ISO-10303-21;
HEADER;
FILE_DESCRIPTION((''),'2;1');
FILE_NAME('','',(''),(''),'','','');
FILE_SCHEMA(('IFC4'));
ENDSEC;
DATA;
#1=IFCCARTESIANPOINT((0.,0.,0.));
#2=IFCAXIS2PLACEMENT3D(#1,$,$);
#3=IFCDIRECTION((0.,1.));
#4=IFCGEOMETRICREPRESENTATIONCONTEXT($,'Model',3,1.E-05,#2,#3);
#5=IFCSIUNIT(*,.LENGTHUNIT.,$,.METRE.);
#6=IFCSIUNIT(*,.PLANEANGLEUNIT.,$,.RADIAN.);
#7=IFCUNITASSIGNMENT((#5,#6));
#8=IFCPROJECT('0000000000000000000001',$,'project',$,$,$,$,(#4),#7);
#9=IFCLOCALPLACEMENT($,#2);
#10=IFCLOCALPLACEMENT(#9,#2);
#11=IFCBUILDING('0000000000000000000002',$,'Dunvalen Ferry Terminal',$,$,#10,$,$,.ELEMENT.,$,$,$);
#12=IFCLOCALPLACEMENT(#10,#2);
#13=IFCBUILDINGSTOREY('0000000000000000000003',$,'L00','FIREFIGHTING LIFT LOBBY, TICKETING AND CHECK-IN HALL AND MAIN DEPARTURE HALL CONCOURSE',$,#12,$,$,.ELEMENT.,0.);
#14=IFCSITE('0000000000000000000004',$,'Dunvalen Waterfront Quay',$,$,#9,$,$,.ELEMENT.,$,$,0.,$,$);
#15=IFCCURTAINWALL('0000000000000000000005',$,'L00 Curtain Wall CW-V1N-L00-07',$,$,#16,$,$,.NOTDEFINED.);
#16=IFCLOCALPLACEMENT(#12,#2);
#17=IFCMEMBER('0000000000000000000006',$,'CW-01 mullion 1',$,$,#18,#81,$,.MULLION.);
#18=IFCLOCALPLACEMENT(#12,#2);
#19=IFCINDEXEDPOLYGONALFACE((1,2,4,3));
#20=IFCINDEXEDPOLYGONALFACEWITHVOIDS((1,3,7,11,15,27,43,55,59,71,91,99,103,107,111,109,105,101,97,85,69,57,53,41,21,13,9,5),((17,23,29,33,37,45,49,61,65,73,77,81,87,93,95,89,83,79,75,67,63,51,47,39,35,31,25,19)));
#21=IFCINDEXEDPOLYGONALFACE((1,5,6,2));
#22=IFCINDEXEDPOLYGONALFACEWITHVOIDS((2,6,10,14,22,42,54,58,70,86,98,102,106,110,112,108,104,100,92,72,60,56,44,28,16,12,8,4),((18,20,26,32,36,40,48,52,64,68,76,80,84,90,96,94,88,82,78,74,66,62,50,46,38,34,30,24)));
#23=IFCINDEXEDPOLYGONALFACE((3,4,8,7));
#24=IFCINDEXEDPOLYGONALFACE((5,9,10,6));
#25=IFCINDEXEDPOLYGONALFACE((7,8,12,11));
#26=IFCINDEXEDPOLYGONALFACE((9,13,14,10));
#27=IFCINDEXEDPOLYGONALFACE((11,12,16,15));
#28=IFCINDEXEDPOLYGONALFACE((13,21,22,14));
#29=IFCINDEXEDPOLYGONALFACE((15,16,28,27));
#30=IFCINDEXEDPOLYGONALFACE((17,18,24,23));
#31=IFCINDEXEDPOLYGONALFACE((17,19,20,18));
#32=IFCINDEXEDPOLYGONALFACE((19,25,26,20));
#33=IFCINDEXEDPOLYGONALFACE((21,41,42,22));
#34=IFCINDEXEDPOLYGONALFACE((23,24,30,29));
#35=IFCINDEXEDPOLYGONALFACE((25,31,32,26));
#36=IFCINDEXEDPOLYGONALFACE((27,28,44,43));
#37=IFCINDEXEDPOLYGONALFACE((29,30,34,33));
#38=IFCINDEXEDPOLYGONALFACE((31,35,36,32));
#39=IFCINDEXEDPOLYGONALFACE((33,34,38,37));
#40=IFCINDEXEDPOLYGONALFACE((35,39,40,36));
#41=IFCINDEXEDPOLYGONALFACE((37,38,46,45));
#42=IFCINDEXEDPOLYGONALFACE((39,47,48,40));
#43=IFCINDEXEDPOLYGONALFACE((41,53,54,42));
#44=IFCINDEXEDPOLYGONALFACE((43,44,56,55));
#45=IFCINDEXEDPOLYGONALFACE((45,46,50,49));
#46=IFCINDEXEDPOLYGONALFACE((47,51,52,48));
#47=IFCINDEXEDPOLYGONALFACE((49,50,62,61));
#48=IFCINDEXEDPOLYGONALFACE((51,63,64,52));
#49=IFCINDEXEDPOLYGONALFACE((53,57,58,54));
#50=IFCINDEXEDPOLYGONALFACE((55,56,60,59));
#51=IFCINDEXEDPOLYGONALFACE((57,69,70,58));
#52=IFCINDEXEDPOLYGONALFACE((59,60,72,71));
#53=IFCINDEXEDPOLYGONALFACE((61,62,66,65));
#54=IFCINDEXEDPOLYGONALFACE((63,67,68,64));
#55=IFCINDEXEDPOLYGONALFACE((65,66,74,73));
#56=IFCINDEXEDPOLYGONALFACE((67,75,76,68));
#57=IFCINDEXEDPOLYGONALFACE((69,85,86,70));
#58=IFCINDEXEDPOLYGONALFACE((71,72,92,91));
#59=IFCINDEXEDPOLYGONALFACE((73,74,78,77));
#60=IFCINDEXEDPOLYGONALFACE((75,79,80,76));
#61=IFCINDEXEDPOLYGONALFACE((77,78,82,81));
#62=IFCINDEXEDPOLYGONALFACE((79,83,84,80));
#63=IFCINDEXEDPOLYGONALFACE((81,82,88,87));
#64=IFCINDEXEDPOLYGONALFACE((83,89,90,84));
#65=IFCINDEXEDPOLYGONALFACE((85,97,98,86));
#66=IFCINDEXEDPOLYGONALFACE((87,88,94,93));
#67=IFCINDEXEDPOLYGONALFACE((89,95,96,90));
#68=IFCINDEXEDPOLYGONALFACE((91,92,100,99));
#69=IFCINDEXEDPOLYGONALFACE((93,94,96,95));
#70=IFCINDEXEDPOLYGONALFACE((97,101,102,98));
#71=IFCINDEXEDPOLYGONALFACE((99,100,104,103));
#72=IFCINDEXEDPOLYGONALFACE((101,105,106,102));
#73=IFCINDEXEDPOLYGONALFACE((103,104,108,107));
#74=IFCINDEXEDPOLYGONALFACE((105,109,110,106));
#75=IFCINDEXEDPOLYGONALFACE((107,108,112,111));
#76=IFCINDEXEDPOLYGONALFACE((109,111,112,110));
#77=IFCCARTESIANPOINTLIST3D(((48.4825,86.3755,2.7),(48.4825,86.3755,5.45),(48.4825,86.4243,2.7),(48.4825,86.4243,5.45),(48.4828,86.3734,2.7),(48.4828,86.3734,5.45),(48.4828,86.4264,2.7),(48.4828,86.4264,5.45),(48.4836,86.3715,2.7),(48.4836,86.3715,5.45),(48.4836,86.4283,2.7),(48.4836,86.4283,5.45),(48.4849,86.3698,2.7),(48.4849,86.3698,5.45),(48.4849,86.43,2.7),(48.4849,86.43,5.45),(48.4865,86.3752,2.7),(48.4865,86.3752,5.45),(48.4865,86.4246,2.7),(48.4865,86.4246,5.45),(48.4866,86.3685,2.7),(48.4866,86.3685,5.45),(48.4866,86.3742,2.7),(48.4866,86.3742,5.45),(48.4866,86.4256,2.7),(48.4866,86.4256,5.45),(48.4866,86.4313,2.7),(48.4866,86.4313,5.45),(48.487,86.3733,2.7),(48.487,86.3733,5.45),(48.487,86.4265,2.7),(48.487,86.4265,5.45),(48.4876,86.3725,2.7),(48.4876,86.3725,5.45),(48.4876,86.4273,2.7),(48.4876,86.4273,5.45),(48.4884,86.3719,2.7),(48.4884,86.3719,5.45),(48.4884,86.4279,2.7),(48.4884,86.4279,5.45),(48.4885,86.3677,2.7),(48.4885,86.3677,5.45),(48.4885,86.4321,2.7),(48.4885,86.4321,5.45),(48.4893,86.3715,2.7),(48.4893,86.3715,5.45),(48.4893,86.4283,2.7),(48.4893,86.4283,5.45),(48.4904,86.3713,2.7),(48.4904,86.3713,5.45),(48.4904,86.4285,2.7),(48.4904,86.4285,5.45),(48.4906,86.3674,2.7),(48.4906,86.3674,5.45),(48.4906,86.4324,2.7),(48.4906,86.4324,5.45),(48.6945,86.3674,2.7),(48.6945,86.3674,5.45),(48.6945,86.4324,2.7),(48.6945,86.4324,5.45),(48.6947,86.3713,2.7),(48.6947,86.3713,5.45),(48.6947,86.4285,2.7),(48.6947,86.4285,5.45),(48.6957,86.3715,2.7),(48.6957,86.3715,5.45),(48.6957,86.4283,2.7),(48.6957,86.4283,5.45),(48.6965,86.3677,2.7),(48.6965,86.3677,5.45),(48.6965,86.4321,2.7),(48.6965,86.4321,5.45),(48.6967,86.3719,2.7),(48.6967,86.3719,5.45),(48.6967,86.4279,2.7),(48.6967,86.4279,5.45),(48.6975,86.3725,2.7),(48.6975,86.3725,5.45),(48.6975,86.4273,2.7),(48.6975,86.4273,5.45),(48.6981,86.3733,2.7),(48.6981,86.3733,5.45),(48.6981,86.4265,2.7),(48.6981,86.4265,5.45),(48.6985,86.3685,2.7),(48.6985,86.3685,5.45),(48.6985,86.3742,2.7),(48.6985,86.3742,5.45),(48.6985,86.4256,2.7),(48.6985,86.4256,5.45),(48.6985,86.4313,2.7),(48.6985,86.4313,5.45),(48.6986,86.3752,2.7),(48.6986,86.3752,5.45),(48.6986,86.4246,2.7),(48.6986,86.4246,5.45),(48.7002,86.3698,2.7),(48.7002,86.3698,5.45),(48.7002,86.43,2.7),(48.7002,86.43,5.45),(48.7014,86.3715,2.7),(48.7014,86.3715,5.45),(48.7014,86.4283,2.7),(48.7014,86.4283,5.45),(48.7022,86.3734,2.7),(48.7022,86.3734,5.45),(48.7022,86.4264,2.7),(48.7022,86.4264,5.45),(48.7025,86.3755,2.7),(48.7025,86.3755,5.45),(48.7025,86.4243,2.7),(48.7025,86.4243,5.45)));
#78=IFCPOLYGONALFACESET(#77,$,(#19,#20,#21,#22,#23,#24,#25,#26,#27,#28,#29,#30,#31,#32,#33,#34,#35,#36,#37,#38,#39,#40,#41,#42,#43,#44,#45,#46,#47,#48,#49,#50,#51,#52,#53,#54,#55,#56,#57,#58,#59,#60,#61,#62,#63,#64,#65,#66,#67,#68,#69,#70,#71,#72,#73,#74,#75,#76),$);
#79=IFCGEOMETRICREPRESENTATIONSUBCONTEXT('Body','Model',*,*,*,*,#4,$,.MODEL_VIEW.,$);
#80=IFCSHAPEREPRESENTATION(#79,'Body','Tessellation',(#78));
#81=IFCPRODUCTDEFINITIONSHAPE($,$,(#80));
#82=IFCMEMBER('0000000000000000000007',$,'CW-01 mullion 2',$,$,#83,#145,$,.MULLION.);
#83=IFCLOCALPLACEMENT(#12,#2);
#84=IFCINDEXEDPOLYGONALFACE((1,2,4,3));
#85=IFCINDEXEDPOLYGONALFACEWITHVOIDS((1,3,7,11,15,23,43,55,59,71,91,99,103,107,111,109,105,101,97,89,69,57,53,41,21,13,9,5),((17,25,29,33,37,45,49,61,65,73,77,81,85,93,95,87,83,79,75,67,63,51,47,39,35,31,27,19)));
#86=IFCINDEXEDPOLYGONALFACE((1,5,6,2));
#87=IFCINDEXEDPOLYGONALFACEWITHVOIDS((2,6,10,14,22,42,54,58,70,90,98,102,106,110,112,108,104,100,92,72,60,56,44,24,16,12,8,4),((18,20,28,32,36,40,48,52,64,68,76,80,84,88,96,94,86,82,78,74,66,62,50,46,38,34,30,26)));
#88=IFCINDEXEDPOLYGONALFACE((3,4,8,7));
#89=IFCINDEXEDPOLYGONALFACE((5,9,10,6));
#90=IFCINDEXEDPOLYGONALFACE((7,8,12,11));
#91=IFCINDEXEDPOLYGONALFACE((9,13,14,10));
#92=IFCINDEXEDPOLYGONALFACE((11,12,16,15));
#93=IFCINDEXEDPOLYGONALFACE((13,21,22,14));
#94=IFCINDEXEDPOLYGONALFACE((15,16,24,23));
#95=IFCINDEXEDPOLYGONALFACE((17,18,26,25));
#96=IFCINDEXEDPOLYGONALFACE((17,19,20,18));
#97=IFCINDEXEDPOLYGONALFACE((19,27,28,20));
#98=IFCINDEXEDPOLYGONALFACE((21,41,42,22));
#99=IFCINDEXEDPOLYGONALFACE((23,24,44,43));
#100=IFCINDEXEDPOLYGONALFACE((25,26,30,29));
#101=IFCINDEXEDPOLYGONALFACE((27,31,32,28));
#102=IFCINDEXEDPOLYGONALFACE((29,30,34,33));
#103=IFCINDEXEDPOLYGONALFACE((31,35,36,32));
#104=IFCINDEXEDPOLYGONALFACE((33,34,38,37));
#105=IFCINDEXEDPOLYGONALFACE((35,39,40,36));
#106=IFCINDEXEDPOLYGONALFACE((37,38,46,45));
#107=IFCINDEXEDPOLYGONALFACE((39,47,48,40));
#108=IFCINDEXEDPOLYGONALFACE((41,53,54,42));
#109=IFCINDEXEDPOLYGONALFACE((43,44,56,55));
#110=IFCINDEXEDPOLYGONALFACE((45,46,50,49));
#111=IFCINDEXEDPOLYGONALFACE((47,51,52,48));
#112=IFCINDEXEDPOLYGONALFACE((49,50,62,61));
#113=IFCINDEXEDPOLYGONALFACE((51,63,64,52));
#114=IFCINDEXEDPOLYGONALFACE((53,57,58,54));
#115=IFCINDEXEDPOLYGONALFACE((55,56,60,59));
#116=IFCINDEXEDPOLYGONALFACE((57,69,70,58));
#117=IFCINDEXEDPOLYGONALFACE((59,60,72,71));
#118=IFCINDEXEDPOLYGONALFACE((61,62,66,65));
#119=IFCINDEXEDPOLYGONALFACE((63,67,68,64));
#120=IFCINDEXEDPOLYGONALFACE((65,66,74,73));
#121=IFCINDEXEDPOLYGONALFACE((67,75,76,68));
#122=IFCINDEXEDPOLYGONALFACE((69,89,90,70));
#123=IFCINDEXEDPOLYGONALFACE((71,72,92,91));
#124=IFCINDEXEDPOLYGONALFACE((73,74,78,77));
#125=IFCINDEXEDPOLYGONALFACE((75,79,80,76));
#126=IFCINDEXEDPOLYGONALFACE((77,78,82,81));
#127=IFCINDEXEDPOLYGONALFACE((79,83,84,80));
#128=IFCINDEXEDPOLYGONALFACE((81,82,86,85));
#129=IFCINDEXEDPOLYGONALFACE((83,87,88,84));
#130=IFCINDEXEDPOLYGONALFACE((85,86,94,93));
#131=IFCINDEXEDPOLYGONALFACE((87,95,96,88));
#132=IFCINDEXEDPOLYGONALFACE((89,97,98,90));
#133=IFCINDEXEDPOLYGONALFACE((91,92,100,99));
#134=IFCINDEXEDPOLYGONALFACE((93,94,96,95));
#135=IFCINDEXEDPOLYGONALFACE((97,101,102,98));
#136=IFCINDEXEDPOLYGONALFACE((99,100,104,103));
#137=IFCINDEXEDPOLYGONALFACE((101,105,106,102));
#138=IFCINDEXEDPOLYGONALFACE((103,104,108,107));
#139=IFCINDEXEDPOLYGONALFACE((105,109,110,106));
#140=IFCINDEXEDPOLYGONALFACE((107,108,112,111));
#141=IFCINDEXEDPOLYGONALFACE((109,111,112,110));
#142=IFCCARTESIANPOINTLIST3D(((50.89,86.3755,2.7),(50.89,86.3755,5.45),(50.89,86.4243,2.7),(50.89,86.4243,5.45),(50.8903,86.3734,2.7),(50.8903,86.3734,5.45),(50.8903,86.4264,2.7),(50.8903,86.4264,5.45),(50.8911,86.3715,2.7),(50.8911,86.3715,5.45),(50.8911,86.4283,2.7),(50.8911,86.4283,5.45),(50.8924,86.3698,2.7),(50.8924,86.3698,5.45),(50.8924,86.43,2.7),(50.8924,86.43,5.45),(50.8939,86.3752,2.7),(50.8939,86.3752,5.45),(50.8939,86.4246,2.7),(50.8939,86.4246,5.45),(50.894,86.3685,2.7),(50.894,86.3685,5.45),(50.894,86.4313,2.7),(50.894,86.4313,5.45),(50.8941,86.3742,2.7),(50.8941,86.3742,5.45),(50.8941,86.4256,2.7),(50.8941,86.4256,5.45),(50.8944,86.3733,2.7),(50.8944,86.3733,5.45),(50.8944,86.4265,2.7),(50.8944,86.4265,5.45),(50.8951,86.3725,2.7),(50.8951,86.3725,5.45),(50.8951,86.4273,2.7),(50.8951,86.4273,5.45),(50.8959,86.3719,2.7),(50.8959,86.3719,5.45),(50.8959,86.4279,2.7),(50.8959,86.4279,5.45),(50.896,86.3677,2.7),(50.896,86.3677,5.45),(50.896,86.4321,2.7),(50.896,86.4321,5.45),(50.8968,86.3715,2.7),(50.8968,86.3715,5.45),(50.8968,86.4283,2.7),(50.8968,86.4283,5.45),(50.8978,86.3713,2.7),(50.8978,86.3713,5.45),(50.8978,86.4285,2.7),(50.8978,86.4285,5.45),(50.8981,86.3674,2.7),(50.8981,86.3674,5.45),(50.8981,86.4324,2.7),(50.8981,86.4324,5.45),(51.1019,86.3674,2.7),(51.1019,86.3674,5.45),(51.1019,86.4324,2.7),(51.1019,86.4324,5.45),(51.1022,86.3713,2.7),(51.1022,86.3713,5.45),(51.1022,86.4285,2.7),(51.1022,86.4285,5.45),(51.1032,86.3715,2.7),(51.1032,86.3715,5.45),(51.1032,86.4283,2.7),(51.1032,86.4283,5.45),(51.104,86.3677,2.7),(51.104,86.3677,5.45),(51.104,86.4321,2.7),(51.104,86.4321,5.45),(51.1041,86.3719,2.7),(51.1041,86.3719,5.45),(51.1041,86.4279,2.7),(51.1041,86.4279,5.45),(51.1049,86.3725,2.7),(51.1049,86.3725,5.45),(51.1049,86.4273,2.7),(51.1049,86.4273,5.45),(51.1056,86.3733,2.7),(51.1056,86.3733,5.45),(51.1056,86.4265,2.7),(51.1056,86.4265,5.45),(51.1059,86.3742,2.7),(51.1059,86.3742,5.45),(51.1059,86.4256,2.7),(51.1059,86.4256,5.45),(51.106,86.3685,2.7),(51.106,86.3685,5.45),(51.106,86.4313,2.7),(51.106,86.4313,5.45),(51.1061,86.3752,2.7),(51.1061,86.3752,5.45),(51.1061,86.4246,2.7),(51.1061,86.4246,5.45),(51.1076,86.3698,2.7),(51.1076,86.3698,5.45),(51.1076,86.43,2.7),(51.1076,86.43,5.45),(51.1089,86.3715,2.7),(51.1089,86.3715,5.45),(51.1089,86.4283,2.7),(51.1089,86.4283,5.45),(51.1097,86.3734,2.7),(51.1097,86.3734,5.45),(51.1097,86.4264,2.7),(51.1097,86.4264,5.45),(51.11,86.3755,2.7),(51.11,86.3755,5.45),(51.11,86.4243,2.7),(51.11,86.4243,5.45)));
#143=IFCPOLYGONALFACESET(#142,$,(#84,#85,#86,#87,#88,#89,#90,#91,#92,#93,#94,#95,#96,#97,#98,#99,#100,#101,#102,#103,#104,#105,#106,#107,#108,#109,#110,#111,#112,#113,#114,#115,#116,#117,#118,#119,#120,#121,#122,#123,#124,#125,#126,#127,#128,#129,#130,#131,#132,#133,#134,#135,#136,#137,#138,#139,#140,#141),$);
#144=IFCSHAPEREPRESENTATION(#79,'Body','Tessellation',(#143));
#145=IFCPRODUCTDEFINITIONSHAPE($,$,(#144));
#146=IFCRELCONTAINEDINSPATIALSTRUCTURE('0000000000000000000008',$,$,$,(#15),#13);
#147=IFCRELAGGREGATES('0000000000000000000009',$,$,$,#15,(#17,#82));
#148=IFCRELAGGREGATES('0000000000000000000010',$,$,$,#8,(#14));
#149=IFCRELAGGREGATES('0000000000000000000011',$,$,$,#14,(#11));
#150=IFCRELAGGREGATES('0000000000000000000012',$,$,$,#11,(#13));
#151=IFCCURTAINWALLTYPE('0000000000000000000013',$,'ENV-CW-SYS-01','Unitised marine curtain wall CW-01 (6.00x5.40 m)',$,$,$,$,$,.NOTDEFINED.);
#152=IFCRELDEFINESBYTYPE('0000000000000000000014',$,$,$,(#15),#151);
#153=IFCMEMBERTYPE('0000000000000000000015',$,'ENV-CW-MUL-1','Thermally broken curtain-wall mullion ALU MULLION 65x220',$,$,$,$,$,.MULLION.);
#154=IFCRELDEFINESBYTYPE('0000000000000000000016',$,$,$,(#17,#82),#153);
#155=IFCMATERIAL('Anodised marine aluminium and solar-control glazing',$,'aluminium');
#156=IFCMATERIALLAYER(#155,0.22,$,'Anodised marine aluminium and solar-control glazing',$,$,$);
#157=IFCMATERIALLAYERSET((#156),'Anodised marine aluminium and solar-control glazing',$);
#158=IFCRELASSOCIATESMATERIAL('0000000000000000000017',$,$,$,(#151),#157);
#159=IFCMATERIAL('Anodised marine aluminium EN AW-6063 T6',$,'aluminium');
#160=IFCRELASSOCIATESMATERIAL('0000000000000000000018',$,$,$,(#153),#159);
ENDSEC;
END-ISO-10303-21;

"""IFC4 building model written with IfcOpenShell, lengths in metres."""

from ifc_helpers import new_model, si_unit, direction, frame, origin, origin_2d, place, context, subcontext, project, spatial, hollow_rectangle, extrude, material, layer, layer_set, material_profile, profile_set, type_object, element, aggregate, save


model = new_model("IFC4")

# Units and contexts
model_context = context("Model", 3, precision=1e-05, world=origin(), true_north=direction((0.0, 1.0)))
body_context = subcontext(model_context, "Body", "Model", "MODEL_VIEW")
ifc_project = project(units=[si_unit("LENGTHUNIT", "METRE"), si_unit("PLANEANGLEUNIT", "RADIAN")], contexts=[model_context])

# Site, building, storey
site_placement = place(None, origin())
site = spatial("IfcSite", under=ifc_project, at=site_placement, Name="Dunvalen Waterfront Quay", CompositionType="ELEMENT", RefElevation=0.0)
building_placement = place(site_placement, origin())
building = spatial("IfcBuilding", under=site, at=building_placement, Name="Dunvalen Ferry Terminal", CompositionType="ELEMENT")
storey_placement = place(building_placement, origin())
storey = spatial("IfcBuildingStorey", under=building, at=storey_placement, Name="L00", Description="FIREFIGHTING LIFT LOBBY, TICKETING AND CHECK-IN HALL AND MAIN DEPARTURE HALL CONCOURSE", CompositionType="ELEMENT", Elevation=0.0)

# Shared definitions
ifc_material_1 = material(Name="Anodised marine aluminium and solar-control glazing", Category="aluminium")
ifc_layer_1 = layer(ifc_material_1, 0.22, Name="Anodised marine aluminium and solar-control glazing")
ifc_layer_set_1 = layer_set([ifc_layer_1], Name="Anodised marine aluminium and solar-control glazing")
curtain_wall_type = type_object("IfcCurtainWallType", Name="ENV-CW-SYS-01", Description="Unitised marine curtain wall CW-01 (6.00x5.40 m)", PredefinedType="NOTDEFINED", material=ifc_layer_set_1)
ifc_material_2 = material(Name="Anodised marine aluminium EN AW-6063 T6", Category="aluminium")
ifc_material_profile_1 = material_profile(ifc_material_2, hollow_rectangle(XDim=0.0649, YDim=0.22, WallThickness=0.0039, InnerFilletRadius=0.0039, OuterFilletRadius=0.0081, at=origin_2d()), Name="Anodised marine aluminium EN AW-6063 T6")
ifc_profile_set_1 = profile_set([ifc_material_profile_1], Name="Anodised marine aluminium EN AW-6063 T6")
member_type_1 = type_object("IfcMemberType", Name="ENV-CW-MUL-1", Description="Thermally broken curtain-wall mullion ALU MULLION 65x220", PredefinedType="MULLION", material=ifc_profile_set_1)

# Curtain wall, members
curtain_wall_1_placement = place(storey_placement, origin())
curtain_wall_1 = element("IfcCurtainWall", 1, at=curtain_wall_1_placement, inside=storey, type_object=curtain_wall_type, Name="L00 Curtain Wall CW-V1N-L00-07", PredefinedType="NOTDEFINED")
member_1_placement = place(storey_placement, frame((48.5925, 86.3999, 2.7), z_axis=(0.0, 0.0, 1.0), x_axis=(0.0, 1.0, 0.0)))
member_1 = element("IfcMember", 2, at=member_1_placement, type_object=member_type_1, Name="CW-01 mullion 1", PredefinedType="MULLION", context=body_context, shape_type="SweptSolid", body=[
    extrude(hollow_rectangle(XDim=0.0649, YDim=0.22, WallThickness=0.0039, InnerFilletRadius=0.0039, OuterFilletRadius=0.0081, at=origin_2d()), origin(), (0.0, 0.0, 1.0), 2.75),
])
member_2_placement = place(storey_placement, frame((51.0, 86.3999, 2.7), z_axis=(0.0, 0.0, 1.0), x_axis=(0.0, 1.0, 0.0)))
member_2 = element("IfcMember", 3, at=member_2_placement, type_object=member_type_1, Name="CW-01 mullion 2", PredefinedType="MULLION", context=body_context, shape_type="SweptSolid", body=[
    extrude(hollow_rectangle(XDim=0.0649, YDim=0.22, WallThickness=0.0039, InnerFilletRadius=0.0039, OuterFilletRadius=0.0081, at=origin_2d()), origin(), (0.0, 0.0, 1.0), 2.75),
])

aggregate(curtain_wall_1, [member_1, member_2])

save(model, "model.ifc")
